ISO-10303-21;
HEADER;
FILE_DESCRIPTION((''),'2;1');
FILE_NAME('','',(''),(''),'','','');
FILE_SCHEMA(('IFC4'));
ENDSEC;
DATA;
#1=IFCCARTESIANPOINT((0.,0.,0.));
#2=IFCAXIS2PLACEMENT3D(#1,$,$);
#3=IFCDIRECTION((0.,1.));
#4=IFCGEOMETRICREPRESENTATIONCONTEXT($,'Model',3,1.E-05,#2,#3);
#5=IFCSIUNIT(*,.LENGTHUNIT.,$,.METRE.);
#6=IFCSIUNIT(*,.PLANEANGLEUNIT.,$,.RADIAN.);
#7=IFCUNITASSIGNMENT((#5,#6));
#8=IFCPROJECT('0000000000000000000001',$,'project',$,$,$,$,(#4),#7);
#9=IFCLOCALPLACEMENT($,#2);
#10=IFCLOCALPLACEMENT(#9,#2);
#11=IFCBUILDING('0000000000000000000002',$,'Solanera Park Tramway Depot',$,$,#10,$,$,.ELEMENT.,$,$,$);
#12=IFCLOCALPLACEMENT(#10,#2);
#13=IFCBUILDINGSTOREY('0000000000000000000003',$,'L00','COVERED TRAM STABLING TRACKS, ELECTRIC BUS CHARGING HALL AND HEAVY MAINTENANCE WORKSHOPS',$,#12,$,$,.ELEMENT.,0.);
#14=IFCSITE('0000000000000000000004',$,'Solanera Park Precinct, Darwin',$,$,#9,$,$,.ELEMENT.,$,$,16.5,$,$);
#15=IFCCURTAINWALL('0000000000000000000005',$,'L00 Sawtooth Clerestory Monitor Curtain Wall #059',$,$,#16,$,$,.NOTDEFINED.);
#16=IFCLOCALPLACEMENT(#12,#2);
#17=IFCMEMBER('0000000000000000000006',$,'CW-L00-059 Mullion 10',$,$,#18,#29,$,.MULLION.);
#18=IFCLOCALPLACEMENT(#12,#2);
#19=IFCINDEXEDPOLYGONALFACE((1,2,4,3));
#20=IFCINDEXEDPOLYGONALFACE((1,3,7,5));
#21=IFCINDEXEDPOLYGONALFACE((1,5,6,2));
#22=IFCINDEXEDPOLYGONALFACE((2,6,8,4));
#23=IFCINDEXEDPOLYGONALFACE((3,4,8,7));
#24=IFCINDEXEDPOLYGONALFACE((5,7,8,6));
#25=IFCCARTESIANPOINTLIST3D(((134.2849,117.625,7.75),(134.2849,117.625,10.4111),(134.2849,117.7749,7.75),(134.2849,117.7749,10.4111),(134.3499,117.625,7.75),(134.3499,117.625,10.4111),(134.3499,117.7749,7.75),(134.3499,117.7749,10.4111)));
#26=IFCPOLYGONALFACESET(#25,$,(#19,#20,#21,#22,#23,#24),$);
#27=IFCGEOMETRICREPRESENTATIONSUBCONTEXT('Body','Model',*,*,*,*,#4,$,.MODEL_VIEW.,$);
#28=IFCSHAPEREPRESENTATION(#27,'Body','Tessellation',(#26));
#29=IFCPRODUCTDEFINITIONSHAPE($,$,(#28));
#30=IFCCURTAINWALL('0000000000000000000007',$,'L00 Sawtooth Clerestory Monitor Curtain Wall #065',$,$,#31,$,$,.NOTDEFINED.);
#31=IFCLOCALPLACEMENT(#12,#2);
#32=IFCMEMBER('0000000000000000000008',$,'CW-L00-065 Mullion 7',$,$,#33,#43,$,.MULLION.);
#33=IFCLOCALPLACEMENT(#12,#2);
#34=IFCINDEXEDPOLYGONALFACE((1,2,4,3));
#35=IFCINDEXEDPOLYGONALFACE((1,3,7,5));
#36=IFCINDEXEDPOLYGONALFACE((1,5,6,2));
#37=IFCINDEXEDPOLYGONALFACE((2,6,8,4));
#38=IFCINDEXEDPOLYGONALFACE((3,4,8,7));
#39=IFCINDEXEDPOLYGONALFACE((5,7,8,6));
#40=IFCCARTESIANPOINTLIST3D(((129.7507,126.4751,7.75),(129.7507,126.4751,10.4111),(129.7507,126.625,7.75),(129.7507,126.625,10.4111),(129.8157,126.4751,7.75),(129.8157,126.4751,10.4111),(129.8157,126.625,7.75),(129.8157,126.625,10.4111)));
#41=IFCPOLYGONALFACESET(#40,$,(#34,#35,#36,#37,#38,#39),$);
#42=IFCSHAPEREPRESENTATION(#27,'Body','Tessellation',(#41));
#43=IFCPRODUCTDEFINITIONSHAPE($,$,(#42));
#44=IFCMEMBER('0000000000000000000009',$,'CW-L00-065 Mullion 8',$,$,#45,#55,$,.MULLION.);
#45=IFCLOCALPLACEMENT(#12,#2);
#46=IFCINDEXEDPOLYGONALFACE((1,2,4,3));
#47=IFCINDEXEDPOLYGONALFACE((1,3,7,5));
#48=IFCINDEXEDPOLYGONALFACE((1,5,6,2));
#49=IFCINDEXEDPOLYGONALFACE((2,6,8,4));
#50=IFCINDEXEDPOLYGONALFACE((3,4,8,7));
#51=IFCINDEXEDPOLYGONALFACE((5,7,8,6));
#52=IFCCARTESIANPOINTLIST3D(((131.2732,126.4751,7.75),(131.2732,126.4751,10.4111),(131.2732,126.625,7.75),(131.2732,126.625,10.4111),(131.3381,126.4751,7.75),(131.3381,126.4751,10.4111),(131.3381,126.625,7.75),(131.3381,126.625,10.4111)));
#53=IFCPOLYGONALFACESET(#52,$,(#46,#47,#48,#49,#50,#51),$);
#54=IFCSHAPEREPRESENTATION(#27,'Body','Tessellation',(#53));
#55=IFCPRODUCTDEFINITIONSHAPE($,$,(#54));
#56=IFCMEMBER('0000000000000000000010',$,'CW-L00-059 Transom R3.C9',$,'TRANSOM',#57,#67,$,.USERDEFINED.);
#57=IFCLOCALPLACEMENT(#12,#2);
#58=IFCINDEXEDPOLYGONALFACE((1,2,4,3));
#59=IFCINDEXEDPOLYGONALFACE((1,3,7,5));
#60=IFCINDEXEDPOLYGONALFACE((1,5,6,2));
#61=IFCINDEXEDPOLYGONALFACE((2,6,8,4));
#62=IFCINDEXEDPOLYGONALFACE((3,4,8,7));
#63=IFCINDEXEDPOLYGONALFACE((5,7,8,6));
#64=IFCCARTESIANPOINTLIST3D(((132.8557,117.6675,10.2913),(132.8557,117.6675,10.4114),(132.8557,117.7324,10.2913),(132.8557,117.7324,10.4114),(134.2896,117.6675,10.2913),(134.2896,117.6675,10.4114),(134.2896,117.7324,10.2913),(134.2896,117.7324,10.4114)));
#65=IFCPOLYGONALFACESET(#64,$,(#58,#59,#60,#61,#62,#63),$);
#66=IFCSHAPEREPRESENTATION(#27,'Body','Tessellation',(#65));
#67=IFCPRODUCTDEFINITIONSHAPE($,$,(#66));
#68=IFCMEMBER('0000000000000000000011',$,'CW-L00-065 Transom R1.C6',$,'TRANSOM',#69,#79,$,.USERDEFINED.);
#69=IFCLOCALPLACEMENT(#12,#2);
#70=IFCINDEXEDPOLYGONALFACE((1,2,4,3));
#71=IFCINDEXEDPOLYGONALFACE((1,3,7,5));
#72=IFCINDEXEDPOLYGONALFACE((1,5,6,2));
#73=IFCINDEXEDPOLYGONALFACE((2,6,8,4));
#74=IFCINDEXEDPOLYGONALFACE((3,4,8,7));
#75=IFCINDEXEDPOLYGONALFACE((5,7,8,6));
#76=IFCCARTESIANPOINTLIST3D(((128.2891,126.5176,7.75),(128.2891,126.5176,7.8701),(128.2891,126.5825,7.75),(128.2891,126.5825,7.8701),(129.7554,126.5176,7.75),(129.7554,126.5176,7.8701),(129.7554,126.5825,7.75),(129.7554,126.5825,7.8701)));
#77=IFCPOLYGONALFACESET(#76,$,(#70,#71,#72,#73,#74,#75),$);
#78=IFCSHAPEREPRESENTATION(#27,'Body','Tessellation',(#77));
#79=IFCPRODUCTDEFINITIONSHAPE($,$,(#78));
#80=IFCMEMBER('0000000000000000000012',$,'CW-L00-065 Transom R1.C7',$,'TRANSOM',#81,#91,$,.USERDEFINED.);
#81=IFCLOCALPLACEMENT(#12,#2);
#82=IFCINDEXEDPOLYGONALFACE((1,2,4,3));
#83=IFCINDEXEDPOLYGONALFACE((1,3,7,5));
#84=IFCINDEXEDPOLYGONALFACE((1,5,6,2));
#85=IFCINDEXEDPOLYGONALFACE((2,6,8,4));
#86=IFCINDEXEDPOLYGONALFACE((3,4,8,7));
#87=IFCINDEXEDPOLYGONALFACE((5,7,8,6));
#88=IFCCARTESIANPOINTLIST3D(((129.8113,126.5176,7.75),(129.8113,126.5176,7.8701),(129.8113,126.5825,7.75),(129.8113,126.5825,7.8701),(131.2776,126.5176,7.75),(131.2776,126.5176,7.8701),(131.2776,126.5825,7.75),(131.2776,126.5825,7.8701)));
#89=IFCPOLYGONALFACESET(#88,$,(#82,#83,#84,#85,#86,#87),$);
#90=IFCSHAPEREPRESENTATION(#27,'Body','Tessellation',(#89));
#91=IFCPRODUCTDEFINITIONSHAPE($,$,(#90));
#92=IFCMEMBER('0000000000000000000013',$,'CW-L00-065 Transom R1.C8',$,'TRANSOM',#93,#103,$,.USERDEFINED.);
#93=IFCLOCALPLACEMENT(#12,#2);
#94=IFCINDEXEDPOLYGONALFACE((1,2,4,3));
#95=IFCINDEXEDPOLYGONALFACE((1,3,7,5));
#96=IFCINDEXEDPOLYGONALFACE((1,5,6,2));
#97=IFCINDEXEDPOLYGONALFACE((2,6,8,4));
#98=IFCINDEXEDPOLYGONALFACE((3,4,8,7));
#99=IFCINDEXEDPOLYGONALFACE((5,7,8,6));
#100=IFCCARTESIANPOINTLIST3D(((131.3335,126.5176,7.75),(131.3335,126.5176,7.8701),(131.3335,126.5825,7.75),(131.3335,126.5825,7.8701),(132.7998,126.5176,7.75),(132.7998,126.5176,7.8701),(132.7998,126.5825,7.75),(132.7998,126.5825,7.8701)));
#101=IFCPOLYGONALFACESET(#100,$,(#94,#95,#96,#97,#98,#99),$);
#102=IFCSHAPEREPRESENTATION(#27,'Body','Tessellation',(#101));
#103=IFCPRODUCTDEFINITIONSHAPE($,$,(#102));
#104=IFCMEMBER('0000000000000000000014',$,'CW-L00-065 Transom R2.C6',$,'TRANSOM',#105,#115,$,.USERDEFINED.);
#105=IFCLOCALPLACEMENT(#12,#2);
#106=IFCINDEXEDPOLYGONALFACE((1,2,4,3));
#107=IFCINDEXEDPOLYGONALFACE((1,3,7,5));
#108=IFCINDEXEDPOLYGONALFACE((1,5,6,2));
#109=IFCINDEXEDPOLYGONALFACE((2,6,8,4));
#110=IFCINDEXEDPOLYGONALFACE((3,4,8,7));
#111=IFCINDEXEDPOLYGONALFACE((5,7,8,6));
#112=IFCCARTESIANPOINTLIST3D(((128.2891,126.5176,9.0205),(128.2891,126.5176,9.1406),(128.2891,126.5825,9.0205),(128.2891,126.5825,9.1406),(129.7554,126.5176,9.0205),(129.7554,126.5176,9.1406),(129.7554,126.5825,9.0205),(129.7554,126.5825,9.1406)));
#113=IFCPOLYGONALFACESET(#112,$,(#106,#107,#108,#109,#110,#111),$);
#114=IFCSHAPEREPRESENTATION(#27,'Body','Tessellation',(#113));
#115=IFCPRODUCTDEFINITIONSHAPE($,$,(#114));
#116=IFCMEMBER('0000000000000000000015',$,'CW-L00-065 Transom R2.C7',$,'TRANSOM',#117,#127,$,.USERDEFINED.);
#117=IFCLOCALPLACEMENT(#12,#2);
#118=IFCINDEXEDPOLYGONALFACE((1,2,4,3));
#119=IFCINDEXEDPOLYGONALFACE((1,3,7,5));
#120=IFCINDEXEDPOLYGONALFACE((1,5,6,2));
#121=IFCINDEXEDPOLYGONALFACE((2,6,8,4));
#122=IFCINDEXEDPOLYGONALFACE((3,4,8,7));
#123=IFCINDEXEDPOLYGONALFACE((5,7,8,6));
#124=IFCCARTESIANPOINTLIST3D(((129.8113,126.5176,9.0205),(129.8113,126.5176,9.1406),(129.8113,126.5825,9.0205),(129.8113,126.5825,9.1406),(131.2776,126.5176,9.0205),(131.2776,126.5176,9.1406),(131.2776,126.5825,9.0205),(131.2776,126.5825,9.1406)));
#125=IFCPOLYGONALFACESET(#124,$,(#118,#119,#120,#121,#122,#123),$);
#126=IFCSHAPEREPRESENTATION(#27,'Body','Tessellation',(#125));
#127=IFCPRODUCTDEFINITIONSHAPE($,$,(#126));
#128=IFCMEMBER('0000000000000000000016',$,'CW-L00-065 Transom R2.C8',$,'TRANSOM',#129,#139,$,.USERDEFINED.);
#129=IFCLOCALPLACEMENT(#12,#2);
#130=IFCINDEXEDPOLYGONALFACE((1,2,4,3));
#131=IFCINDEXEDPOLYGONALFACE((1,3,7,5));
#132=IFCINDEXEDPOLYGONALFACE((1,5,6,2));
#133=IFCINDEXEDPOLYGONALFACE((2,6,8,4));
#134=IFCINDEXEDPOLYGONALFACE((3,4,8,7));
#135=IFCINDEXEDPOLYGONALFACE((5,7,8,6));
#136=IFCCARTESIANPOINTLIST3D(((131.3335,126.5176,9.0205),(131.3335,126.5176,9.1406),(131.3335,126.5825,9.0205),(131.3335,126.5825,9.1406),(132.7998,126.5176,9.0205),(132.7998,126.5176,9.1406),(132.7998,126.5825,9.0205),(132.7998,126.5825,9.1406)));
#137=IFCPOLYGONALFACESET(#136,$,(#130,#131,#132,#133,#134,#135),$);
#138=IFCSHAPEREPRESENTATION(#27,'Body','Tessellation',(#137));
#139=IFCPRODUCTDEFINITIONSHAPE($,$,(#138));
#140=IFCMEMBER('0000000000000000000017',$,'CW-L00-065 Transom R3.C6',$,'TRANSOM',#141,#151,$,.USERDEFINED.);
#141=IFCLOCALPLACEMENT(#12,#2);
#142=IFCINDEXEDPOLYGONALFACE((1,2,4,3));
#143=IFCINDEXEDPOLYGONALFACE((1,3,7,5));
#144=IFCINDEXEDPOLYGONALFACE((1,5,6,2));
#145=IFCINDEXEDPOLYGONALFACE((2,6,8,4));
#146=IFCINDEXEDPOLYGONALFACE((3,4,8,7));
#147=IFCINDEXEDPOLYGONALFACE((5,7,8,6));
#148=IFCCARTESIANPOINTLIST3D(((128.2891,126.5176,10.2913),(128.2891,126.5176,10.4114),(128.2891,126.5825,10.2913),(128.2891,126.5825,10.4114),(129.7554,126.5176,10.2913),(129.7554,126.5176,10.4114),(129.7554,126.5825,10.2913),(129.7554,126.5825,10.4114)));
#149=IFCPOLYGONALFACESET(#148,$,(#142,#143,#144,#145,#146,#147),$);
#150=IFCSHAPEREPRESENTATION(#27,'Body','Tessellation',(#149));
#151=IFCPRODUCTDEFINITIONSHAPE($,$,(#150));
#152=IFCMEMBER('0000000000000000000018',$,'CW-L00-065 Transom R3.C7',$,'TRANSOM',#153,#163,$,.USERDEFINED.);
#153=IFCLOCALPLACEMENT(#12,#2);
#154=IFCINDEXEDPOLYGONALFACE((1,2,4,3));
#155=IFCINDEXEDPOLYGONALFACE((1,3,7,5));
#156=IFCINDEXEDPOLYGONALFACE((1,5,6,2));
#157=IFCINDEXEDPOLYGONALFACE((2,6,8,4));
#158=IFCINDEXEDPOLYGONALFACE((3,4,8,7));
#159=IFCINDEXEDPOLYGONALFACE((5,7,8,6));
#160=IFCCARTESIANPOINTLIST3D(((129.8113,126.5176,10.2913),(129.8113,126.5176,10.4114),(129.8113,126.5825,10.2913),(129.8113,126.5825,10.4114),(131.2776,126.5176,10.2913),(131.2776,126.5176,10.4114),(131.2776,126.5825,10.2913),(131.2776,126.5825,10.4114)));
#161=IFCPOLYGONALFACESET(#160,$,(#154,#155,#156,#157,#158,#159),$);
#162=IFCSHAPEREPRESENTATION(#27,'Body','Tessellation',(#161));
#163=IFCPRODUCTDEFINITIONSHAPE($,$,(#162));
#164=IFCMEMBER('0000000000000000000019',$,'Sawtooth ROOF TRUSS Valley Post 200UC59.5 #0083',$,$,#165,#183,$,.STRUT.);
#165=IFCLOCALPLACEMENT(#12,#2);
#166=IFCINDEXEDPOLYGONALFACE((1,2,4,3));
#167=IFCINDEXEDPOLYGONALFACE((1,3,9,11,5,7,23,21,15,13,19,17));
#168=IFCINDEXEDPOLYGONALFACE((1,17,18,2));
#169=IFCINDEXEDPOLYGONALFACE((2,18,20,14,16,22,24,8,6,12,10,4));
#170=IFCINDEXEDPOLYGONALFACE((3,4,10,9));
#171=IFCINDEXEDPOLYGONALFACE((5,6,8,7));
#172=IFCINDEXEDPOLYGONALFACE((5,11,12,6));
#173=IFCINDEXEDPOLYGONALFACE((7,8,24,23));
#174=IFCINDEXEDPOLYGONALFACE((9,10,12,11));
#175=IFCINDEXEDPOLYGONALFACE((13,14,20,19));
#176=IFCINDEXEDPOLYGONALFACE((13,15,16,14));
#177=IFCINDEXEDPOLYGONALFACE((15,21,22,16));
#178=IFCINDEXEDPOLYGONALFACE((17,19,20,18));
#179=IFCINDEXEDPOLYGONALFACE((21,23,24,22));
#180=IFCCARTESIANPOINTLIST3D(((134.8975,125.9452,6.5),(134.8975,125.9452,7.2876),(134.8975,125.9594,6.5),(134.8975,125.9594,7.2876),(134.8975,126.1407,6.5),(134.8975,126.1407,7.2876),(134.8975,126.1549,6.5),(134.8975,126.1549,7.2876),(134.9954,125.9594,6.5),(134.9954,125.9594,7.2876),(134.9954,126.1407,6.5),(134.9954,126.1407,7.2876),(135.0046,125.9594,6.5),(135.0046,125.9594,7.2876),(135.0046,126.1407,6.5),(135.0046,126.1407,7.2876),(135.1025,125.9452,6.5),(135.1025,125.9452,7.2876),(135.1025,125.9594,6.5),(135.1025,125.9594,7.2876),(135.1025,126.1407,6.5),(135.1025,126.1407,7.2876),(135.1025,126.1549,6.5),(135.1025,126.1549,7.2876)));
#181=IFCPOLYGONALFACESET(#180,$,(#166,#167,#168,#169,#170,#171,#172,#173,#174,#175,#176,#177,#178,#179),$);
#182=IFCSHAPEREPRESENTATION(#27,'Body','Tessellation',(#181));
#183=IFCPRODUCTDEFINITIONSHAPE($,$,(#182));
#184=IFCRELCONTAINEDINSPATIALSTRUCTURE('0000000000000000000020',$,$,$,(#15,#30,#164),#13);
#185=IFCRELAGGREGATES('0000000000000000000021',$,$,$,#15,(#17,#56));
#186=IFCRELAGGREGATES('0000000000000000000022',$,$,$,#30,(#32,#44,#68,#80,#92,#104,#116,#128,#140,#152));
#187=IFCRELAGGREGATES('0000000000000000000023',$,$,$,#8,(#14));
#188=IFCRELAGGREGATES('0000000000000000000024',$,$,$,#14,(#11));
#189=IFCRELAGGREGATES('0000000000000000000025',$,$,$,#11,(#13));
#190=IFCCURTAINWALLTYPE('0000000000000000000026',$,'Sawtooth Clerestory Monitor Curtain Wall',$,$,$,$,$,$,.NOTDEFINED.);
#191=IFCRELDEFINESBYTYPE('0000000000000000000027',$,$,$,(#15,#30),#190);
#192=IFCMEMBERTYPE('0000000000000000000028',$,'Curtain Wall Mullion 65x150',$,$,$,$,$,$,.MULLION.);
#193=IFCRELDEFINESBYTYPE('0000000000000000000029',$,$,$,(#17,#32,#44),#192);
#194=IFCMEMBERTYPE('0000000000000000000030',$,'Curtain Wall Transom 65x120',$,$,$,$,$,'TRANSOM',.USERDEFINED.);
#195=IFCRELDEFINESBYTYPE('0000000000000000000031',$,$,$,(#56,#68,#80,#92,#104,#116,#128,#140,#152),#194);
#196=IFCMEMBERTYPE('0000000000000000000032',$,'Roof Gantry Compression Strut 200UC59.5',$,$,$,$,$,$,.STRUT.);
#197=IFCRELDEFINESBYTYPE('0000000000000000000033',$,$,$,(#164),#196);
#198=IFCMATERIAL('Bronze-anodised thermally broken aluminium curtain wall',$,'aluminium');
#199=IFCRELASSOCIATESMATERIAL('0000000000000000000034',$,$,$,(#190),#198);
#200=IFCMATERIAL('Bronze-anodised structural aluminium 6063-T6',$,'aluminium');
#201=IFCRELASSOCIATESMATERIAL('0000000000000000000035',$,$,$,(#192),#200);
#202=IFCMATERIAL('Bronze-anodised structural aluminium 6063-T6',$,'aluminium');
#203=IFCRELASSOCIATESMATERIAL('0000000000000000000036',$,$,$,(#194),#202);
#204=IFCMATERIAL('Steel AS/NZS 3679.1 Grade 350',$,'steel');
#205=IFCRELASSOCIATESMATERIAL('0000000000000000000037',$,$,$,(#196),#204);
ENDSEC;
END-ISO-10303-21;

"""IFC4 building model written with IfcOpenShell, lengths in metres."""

from ifc_helpers import new_model, si_unit, direction, frame, origin, origin_2d, place, context, subcontext, project, spatial, rectangle, i_section, extrude, material, material_profile, profile_set, type_object, element, aggregate, save


model = new_model("IFC4")

# Units and contexts
model_context = context("Model", 3, precision=1e-05, world=origin(), true_north=direction((0.0, 1.0)))
body_context = subcontext(model_context, "Body", "Model", "MODEL_VIEW")
ifc_project = project(units=[si_unit("LENGTHUNIT", "METRE"), si_unit("PLANEANGLEUNIT", "RADIAN")], contexts=[model_context])

# Site, building, storey
site_placement = place(None, origin())
site = spatial("IfcSite", under=ifc_project, at=site_placement, Name="Solanera Park Precinct, Darwin", CompositionType="ELEMENT", RefElevation=16.5)
building_placement = place(site_placement, origin())
building = spatial("IfcBuilding", under=site, at=building_placement, Name="Solanera Park Tramway Depot", CompositionType="ELEMENT")
storey_placement = place(building_placement, origin())
storey = spatial("IfcBuildingStorey", under=building, at=storey_placement, Name="L00", Description="COVERED TRAM STABLING TRACKS, ELECTRIC BUS CHARGING HALL AND HEAVY MAINTENANCE WORKSHOPS", CompositionType="ELEMENT", Elevation=0.0)

# Curtain wall, member
ifc_material_1 = material(Name="Bronze-anodised thermally broken aluminium curtain wall", Category="aluminium")
curtain_wall_type = type_object("IfcCurtainWallType", Name="Sawtooth Clerestory Monitor Curtain Wall", PredefinedType="NOTDEFINED", material=ifc_material_1)
curtain_wall_1_placement = place(storey_placement, origin())
curtain_wall_1 = element("IfcCurtainWall", 1, at=curtain_wall_1_placement, inside=storey, type_object=curtain_wall_type, Name="L00 Sawtooth Clerestory Monitor Curtain Wall #059", PredefinedType="NOTDEFINED")
ifc_material_2 = material(Name="Bronze-anodised structural aluminium 6063-T6", Category="aluminium")
ifc_material_profile_1 = material_profile(ifc_material_2, rectangle(XDim=0.0649, YDim=0.1499, at=origin_2d()), Name="Curtain Wall Mullion 65x150")
ifc_profile_set_1 = profile_set([ifc_material_profile_1], Name="Bronze-anodised structural aluminium 6063-T6")
member_type_1 = type_object("IfcMemberType", Name="Curtain Wall Mullion 65x150", PredefinedType="MULLION", material=ifc_profile_set_1)
member_1_placement = place(storey_placement, frame((134.3174, 117.7, 7.75), z_axis=(0.0, 0.0, 1.0), x_axis=(1.0, 0.0, 0.0)))
member_1 = element("IfcMember", 2, at=member_1_placement, type_object=member_type_1, Name="CW-L00-059 Mullion 10", PredefinedType="MULLION", context=body_context, shape_type="SweptSolid", body=[
    extrude(rectangle(XDim=0.0649, YDim=0.1499, at=origin_2d()), origin(), (0.0, 0.0, 1.0), 2.6611),
])

# Curtain wall, members
curtain_wall_2_placement = place(storey_placement, origin())
curtain_wall_2 = element("IfcCurtainWall", 3, at=curtain_wall_2_placement, inside=storey, type_object=curtain_wall_type, Name="L00 Sawtooth Clerestory Monitor Curtain Wall #065", PredefinedType="NOTDEFINED")
member_2_placement = place(storey_placement, frame((129.7832, 126.55, 7.75), z_axis=(0.0, 0.0, 1.0), x_axis=(1.0, 0.0, 0.0)))
member_2 = element("IfcMember", 4, at=member_2_placement, type_object=member_type_1, Name="CW-L00-065 Mullion 7", PredefinedType="MULLION", context=body_context, shape_type="SweptSolid", body=[
    extrude(rectangle(XDim=0.0649, YDim=0.1499, at=origin_2d()), origin(), (0.0, 0.0, 1.0), 2.6611),
])
member_3_placement = place(storey_placement, frame((131.3057, 126.55, 7.75), z_axis=(0.0, 0.0, 1.0), x_axis=(1.0, 0.0, 0.0)))
member_3 = element("IfcMember", 5, at=member_3_placement, type_object=member_type_1, Name="CW-L00-065 Mullion 8", PredefinedType="MULLION", context=body_context, shape_type="SweptSolid", body=[
    extrude(rectangle(XDim=0.0649, YDim=0.1499, at=origin_2d()), origin(), (0.0, 0.0, 1.0), 2.6611),
])

# Members
ifc_material_3 = material(Name="Bronze-anodised structural aluminium 6063-T6", Category="aluminium")
ifc_material_profile_2 = material_profile(ifc_material_3, rectangle(XDim=0.0649, YDim=0.1201, at=origin_2d()), Name="Curtain Wall Transom 65x120")
ifc_profile_set_2 = profile_set([ifc_material_profile_2], Name="Bronze-anodised structural aluminium 6063-T6")
member_type_2 = type_object("IfcMemberType", Name="Curtain Wall Transom 65x120", ElementType="TRANSOM", PredefinedType="USERDEFINED", material=ifc_profile_set_2)
member_4_placement = place(storey_placement, frame((132.8557, 117.7, 10.3513), z_axis=(1.0, 0.0, 0.0), x_axis=(0.0, 1.0, 0.0)))
member_4 = element("IfcMember", 6, at=member_4_placement, type_object=member_type_2, Name="CW-L00-059 Transom R3.C9", ObjectType="TRANSOM", PredefinedType="USERDEFINED", context=body_context, shape_type="SweptSolid", body=[
    extrude(rectangle(XDim=0.0649, YDim=0.1201, at=origin_2d()), origin(), (0.0, 0.0, 1.0), 1.4338),
])
member_5_placement = place(storey_placement, frame((128.2891, 126.55, 7.8101), z_axis=(1.0, 0.0, 0.0), x_axis=(0.0, 1.0, 0.0)))
member_5 = element("IfcMember", 7, at=member_5_placement, type_object=member_type_2, Name="CW-L00-065 Transom R1.C6", ObjectType="TRANSOM", PredefinedType="USERDEFINED", context=body_context, shape_type="SweptSolid", body=[
    extrude(rectangle(XDim=0.0649, YDim=0.1201, at=origin_2d()), origin(), (0.0, 0.0, 1.0), 1.4663),
])
member_6_placement = place(storey_placement, frame((129.8113, 126.55, 7.8101), z_axis=(1.0, 0.0, 0.0), x_axis=(0.0, 1.0, 0.0)))
member_6 = element("IfcMember", 8, at=member_6_placement, type_object=member_type_2, Name="CW-L00-065 Transom R1.C7", ObjectType="TRANSOM", PredefinedType="USERDEFINED", context=body_context, shape_type="SweptSolid", body=[
    extrude(rectangle(XDim=0.0649, YDim=0.1201, at=origin_2d()), origin(), (0.0, 0.0, 1.0), 1.4663),
])
member_7_placement = place(storey_placement, frame((131.3335, 126.55, 7.8101), z_axis=(1.0, 0.0, 0.0), x_axis=(0.0, 1.0, 0.0)))
member_7 = element("IfcMember", 9, at=member_7_placement, type_object=member_type_2, Name="CW-L00-065 Transom R1.C8", ObjectType="TRANSOM", PredefinedType="USERDEFINED", context=body_context, shape_type="SweptSolid", body=[
    extrude(rectangle(XDim=0.0649, YDim=0.1201, at=origin_2d()), origin(), (0.0, 0.0, 1.0), 1.4663),
])
member_8_placement = place(storey_placement, frame((128.2891, 126.55, 9.0806), z_axis=(1.0, 0.0, 0.0), x_axis=(0.0, 1.0, 0.0)))
member_8 = element("IfcMember", 10, at=member_8_placement, type_object=member_type_2, Name="CW-L00-065 Transom R2.C6", ObjectType="TRANSOM", PredefinedType="USERDEFINED", context=body_context, shape_type="SweptSolid", body=[
    extrude(rectangle(XDim=0.0649, YDim=0.1201, at=origin_2d()), origin(), (0.0, 0.0, 1.0), 1.4663),
])
member_9_placement = place(storey_placement, frame((129.8113, 126.55, 9.0806), z_axis=(1.0, 0.0, 0.0), x_axis=(0.0, 1.0, 0.0)))
member_9 = element("IfcMember", 11, at=member_9_placement, type_object=member_type_2, Name="CW-L00-065 Transom R2.C7", ObjectType="TRANSOM", PredefinedType="USERDEFINED", context=body_context, shape_type="SweptSolid", body=[
    extrude(rectangle(XDim=0.0649, YDim=0.1201, at=origin_2d()), origin(), (0.0, 0.0, 1.0), 1.4663),
])
member_10_placement = place(storey_placement, frame((131.3335, 126.55, 9.0806), z_axis=(1.0, 0.0, 0.0), x_axis=(0.0, 1.0, 0.0)))
member_10 = element("IfcMember", 12, at=member_10_placement, type_object=member_type_2, Name="CW-L00-065 Transom R2.C8", ObjectType="TRANSOM", PredefinedType="USERDEFINED", context=body_context, shape_type="SweptSolid", body=[
    extrude(rectangle(XDim=0.0649, YDim=0.1201, at=origin_2d()), origin(), (0.0, 0.0, 1.0), 1.4663),
])
member_11_placement = place(storey_placement, frame((128.2891, 126.55, 10.3513), z_axis=(1.0, 0.0, 0.0), x_axis=(0.0, 1.0, 0.0)))
member_11 = element("IfcMember", 13, at=member_11_placement, type_object=member_type_2, Name="CW-L00-065 Transom R3.C6", ObjectType="TRANSOM", PredefinedType="USERDEFINED", context=body_context, shape_type="SweptSolid", body=[
    extrude(rectangle(XDim=0.0649, YDim=0.1201, at=origin_2d()), origin(), (0.0, 0.0, 1.0), 1.4663),
])
member_12_placement = place(storey_placement, frame((129.8113, 126.55, 10.3513), z_axis=(1.0, 0.0, 0.0), x_axis=(0.0, 1.0, 0.0)))
member_12 = element("IfcMember", 14, at=member_12_placement, type_object=member_type_2, Name="CW-L00-065 Transom R3.C7", ObjectType="TRANSOM", PredefinedType="USERDEFINED", context=body_context, shape_type="SweptSolid", body=[
    extrude(rectangle(XDim=0.0649, YDim=0.1201, at=origin_2d()), origin(), (0.0, 0.0, 1.0), 1.4663),
])

# Member
ifc_material_4 = material(Name="Steel AS/NZS 3679.1 Grade 350", Category="steel")
ifc_material_profile_3 = material_profile(ifc_material_4, i_section(OverallWidth=0.2051, OverallDepth=0.2097, WebThickness=0.0093, FlangeThickness=0.0142, at=origin_2d()), Name="200UC59.5")
ifc_profile_set_3 = profile_set([ifc_material_profile_3], Name="Steel AS/NZS 3679.1 Grade 350")
member_type_3 = type_object("IfcMemberType", Name="Roof Gantry Compression Strut 200UC59.5", PredefinedType="STRUT", material=ifc_profile_set_3)
member_13_placement = place(storey_placement, frame((135.0, 126.05, 6.5), z_axis=(0.0, 0.0, 1.0), x_axis=(1.0, 0.0, 0.0)))
element("IfcMember", 15, at=member_13_placement, inside=storey, type_object=member_type_3, Name="Sawtooth ROOF TRUSS Valley Post 200UC59.5 #0083", PredefinedType="STRUT", context=body_context, shape_type="SweptSolid", body=[
    extrude(i_section(OverallWidth=0.2051, OverallDepth=0.2097, WebThickness=0.0093, FlangeThickness=0.0142, at=origin_2d()), origin(), (0.0, 0.0, 1.0), 0.7876),
])

aggregate(curtain_wall_1, [member_1, member_4])
aggregate(curtain_wall_2, [member_2, member_3, member_5, member_6, member_7, member_8, member_9, member_10, member_11, member_12])

save(model, "model.ifc")
